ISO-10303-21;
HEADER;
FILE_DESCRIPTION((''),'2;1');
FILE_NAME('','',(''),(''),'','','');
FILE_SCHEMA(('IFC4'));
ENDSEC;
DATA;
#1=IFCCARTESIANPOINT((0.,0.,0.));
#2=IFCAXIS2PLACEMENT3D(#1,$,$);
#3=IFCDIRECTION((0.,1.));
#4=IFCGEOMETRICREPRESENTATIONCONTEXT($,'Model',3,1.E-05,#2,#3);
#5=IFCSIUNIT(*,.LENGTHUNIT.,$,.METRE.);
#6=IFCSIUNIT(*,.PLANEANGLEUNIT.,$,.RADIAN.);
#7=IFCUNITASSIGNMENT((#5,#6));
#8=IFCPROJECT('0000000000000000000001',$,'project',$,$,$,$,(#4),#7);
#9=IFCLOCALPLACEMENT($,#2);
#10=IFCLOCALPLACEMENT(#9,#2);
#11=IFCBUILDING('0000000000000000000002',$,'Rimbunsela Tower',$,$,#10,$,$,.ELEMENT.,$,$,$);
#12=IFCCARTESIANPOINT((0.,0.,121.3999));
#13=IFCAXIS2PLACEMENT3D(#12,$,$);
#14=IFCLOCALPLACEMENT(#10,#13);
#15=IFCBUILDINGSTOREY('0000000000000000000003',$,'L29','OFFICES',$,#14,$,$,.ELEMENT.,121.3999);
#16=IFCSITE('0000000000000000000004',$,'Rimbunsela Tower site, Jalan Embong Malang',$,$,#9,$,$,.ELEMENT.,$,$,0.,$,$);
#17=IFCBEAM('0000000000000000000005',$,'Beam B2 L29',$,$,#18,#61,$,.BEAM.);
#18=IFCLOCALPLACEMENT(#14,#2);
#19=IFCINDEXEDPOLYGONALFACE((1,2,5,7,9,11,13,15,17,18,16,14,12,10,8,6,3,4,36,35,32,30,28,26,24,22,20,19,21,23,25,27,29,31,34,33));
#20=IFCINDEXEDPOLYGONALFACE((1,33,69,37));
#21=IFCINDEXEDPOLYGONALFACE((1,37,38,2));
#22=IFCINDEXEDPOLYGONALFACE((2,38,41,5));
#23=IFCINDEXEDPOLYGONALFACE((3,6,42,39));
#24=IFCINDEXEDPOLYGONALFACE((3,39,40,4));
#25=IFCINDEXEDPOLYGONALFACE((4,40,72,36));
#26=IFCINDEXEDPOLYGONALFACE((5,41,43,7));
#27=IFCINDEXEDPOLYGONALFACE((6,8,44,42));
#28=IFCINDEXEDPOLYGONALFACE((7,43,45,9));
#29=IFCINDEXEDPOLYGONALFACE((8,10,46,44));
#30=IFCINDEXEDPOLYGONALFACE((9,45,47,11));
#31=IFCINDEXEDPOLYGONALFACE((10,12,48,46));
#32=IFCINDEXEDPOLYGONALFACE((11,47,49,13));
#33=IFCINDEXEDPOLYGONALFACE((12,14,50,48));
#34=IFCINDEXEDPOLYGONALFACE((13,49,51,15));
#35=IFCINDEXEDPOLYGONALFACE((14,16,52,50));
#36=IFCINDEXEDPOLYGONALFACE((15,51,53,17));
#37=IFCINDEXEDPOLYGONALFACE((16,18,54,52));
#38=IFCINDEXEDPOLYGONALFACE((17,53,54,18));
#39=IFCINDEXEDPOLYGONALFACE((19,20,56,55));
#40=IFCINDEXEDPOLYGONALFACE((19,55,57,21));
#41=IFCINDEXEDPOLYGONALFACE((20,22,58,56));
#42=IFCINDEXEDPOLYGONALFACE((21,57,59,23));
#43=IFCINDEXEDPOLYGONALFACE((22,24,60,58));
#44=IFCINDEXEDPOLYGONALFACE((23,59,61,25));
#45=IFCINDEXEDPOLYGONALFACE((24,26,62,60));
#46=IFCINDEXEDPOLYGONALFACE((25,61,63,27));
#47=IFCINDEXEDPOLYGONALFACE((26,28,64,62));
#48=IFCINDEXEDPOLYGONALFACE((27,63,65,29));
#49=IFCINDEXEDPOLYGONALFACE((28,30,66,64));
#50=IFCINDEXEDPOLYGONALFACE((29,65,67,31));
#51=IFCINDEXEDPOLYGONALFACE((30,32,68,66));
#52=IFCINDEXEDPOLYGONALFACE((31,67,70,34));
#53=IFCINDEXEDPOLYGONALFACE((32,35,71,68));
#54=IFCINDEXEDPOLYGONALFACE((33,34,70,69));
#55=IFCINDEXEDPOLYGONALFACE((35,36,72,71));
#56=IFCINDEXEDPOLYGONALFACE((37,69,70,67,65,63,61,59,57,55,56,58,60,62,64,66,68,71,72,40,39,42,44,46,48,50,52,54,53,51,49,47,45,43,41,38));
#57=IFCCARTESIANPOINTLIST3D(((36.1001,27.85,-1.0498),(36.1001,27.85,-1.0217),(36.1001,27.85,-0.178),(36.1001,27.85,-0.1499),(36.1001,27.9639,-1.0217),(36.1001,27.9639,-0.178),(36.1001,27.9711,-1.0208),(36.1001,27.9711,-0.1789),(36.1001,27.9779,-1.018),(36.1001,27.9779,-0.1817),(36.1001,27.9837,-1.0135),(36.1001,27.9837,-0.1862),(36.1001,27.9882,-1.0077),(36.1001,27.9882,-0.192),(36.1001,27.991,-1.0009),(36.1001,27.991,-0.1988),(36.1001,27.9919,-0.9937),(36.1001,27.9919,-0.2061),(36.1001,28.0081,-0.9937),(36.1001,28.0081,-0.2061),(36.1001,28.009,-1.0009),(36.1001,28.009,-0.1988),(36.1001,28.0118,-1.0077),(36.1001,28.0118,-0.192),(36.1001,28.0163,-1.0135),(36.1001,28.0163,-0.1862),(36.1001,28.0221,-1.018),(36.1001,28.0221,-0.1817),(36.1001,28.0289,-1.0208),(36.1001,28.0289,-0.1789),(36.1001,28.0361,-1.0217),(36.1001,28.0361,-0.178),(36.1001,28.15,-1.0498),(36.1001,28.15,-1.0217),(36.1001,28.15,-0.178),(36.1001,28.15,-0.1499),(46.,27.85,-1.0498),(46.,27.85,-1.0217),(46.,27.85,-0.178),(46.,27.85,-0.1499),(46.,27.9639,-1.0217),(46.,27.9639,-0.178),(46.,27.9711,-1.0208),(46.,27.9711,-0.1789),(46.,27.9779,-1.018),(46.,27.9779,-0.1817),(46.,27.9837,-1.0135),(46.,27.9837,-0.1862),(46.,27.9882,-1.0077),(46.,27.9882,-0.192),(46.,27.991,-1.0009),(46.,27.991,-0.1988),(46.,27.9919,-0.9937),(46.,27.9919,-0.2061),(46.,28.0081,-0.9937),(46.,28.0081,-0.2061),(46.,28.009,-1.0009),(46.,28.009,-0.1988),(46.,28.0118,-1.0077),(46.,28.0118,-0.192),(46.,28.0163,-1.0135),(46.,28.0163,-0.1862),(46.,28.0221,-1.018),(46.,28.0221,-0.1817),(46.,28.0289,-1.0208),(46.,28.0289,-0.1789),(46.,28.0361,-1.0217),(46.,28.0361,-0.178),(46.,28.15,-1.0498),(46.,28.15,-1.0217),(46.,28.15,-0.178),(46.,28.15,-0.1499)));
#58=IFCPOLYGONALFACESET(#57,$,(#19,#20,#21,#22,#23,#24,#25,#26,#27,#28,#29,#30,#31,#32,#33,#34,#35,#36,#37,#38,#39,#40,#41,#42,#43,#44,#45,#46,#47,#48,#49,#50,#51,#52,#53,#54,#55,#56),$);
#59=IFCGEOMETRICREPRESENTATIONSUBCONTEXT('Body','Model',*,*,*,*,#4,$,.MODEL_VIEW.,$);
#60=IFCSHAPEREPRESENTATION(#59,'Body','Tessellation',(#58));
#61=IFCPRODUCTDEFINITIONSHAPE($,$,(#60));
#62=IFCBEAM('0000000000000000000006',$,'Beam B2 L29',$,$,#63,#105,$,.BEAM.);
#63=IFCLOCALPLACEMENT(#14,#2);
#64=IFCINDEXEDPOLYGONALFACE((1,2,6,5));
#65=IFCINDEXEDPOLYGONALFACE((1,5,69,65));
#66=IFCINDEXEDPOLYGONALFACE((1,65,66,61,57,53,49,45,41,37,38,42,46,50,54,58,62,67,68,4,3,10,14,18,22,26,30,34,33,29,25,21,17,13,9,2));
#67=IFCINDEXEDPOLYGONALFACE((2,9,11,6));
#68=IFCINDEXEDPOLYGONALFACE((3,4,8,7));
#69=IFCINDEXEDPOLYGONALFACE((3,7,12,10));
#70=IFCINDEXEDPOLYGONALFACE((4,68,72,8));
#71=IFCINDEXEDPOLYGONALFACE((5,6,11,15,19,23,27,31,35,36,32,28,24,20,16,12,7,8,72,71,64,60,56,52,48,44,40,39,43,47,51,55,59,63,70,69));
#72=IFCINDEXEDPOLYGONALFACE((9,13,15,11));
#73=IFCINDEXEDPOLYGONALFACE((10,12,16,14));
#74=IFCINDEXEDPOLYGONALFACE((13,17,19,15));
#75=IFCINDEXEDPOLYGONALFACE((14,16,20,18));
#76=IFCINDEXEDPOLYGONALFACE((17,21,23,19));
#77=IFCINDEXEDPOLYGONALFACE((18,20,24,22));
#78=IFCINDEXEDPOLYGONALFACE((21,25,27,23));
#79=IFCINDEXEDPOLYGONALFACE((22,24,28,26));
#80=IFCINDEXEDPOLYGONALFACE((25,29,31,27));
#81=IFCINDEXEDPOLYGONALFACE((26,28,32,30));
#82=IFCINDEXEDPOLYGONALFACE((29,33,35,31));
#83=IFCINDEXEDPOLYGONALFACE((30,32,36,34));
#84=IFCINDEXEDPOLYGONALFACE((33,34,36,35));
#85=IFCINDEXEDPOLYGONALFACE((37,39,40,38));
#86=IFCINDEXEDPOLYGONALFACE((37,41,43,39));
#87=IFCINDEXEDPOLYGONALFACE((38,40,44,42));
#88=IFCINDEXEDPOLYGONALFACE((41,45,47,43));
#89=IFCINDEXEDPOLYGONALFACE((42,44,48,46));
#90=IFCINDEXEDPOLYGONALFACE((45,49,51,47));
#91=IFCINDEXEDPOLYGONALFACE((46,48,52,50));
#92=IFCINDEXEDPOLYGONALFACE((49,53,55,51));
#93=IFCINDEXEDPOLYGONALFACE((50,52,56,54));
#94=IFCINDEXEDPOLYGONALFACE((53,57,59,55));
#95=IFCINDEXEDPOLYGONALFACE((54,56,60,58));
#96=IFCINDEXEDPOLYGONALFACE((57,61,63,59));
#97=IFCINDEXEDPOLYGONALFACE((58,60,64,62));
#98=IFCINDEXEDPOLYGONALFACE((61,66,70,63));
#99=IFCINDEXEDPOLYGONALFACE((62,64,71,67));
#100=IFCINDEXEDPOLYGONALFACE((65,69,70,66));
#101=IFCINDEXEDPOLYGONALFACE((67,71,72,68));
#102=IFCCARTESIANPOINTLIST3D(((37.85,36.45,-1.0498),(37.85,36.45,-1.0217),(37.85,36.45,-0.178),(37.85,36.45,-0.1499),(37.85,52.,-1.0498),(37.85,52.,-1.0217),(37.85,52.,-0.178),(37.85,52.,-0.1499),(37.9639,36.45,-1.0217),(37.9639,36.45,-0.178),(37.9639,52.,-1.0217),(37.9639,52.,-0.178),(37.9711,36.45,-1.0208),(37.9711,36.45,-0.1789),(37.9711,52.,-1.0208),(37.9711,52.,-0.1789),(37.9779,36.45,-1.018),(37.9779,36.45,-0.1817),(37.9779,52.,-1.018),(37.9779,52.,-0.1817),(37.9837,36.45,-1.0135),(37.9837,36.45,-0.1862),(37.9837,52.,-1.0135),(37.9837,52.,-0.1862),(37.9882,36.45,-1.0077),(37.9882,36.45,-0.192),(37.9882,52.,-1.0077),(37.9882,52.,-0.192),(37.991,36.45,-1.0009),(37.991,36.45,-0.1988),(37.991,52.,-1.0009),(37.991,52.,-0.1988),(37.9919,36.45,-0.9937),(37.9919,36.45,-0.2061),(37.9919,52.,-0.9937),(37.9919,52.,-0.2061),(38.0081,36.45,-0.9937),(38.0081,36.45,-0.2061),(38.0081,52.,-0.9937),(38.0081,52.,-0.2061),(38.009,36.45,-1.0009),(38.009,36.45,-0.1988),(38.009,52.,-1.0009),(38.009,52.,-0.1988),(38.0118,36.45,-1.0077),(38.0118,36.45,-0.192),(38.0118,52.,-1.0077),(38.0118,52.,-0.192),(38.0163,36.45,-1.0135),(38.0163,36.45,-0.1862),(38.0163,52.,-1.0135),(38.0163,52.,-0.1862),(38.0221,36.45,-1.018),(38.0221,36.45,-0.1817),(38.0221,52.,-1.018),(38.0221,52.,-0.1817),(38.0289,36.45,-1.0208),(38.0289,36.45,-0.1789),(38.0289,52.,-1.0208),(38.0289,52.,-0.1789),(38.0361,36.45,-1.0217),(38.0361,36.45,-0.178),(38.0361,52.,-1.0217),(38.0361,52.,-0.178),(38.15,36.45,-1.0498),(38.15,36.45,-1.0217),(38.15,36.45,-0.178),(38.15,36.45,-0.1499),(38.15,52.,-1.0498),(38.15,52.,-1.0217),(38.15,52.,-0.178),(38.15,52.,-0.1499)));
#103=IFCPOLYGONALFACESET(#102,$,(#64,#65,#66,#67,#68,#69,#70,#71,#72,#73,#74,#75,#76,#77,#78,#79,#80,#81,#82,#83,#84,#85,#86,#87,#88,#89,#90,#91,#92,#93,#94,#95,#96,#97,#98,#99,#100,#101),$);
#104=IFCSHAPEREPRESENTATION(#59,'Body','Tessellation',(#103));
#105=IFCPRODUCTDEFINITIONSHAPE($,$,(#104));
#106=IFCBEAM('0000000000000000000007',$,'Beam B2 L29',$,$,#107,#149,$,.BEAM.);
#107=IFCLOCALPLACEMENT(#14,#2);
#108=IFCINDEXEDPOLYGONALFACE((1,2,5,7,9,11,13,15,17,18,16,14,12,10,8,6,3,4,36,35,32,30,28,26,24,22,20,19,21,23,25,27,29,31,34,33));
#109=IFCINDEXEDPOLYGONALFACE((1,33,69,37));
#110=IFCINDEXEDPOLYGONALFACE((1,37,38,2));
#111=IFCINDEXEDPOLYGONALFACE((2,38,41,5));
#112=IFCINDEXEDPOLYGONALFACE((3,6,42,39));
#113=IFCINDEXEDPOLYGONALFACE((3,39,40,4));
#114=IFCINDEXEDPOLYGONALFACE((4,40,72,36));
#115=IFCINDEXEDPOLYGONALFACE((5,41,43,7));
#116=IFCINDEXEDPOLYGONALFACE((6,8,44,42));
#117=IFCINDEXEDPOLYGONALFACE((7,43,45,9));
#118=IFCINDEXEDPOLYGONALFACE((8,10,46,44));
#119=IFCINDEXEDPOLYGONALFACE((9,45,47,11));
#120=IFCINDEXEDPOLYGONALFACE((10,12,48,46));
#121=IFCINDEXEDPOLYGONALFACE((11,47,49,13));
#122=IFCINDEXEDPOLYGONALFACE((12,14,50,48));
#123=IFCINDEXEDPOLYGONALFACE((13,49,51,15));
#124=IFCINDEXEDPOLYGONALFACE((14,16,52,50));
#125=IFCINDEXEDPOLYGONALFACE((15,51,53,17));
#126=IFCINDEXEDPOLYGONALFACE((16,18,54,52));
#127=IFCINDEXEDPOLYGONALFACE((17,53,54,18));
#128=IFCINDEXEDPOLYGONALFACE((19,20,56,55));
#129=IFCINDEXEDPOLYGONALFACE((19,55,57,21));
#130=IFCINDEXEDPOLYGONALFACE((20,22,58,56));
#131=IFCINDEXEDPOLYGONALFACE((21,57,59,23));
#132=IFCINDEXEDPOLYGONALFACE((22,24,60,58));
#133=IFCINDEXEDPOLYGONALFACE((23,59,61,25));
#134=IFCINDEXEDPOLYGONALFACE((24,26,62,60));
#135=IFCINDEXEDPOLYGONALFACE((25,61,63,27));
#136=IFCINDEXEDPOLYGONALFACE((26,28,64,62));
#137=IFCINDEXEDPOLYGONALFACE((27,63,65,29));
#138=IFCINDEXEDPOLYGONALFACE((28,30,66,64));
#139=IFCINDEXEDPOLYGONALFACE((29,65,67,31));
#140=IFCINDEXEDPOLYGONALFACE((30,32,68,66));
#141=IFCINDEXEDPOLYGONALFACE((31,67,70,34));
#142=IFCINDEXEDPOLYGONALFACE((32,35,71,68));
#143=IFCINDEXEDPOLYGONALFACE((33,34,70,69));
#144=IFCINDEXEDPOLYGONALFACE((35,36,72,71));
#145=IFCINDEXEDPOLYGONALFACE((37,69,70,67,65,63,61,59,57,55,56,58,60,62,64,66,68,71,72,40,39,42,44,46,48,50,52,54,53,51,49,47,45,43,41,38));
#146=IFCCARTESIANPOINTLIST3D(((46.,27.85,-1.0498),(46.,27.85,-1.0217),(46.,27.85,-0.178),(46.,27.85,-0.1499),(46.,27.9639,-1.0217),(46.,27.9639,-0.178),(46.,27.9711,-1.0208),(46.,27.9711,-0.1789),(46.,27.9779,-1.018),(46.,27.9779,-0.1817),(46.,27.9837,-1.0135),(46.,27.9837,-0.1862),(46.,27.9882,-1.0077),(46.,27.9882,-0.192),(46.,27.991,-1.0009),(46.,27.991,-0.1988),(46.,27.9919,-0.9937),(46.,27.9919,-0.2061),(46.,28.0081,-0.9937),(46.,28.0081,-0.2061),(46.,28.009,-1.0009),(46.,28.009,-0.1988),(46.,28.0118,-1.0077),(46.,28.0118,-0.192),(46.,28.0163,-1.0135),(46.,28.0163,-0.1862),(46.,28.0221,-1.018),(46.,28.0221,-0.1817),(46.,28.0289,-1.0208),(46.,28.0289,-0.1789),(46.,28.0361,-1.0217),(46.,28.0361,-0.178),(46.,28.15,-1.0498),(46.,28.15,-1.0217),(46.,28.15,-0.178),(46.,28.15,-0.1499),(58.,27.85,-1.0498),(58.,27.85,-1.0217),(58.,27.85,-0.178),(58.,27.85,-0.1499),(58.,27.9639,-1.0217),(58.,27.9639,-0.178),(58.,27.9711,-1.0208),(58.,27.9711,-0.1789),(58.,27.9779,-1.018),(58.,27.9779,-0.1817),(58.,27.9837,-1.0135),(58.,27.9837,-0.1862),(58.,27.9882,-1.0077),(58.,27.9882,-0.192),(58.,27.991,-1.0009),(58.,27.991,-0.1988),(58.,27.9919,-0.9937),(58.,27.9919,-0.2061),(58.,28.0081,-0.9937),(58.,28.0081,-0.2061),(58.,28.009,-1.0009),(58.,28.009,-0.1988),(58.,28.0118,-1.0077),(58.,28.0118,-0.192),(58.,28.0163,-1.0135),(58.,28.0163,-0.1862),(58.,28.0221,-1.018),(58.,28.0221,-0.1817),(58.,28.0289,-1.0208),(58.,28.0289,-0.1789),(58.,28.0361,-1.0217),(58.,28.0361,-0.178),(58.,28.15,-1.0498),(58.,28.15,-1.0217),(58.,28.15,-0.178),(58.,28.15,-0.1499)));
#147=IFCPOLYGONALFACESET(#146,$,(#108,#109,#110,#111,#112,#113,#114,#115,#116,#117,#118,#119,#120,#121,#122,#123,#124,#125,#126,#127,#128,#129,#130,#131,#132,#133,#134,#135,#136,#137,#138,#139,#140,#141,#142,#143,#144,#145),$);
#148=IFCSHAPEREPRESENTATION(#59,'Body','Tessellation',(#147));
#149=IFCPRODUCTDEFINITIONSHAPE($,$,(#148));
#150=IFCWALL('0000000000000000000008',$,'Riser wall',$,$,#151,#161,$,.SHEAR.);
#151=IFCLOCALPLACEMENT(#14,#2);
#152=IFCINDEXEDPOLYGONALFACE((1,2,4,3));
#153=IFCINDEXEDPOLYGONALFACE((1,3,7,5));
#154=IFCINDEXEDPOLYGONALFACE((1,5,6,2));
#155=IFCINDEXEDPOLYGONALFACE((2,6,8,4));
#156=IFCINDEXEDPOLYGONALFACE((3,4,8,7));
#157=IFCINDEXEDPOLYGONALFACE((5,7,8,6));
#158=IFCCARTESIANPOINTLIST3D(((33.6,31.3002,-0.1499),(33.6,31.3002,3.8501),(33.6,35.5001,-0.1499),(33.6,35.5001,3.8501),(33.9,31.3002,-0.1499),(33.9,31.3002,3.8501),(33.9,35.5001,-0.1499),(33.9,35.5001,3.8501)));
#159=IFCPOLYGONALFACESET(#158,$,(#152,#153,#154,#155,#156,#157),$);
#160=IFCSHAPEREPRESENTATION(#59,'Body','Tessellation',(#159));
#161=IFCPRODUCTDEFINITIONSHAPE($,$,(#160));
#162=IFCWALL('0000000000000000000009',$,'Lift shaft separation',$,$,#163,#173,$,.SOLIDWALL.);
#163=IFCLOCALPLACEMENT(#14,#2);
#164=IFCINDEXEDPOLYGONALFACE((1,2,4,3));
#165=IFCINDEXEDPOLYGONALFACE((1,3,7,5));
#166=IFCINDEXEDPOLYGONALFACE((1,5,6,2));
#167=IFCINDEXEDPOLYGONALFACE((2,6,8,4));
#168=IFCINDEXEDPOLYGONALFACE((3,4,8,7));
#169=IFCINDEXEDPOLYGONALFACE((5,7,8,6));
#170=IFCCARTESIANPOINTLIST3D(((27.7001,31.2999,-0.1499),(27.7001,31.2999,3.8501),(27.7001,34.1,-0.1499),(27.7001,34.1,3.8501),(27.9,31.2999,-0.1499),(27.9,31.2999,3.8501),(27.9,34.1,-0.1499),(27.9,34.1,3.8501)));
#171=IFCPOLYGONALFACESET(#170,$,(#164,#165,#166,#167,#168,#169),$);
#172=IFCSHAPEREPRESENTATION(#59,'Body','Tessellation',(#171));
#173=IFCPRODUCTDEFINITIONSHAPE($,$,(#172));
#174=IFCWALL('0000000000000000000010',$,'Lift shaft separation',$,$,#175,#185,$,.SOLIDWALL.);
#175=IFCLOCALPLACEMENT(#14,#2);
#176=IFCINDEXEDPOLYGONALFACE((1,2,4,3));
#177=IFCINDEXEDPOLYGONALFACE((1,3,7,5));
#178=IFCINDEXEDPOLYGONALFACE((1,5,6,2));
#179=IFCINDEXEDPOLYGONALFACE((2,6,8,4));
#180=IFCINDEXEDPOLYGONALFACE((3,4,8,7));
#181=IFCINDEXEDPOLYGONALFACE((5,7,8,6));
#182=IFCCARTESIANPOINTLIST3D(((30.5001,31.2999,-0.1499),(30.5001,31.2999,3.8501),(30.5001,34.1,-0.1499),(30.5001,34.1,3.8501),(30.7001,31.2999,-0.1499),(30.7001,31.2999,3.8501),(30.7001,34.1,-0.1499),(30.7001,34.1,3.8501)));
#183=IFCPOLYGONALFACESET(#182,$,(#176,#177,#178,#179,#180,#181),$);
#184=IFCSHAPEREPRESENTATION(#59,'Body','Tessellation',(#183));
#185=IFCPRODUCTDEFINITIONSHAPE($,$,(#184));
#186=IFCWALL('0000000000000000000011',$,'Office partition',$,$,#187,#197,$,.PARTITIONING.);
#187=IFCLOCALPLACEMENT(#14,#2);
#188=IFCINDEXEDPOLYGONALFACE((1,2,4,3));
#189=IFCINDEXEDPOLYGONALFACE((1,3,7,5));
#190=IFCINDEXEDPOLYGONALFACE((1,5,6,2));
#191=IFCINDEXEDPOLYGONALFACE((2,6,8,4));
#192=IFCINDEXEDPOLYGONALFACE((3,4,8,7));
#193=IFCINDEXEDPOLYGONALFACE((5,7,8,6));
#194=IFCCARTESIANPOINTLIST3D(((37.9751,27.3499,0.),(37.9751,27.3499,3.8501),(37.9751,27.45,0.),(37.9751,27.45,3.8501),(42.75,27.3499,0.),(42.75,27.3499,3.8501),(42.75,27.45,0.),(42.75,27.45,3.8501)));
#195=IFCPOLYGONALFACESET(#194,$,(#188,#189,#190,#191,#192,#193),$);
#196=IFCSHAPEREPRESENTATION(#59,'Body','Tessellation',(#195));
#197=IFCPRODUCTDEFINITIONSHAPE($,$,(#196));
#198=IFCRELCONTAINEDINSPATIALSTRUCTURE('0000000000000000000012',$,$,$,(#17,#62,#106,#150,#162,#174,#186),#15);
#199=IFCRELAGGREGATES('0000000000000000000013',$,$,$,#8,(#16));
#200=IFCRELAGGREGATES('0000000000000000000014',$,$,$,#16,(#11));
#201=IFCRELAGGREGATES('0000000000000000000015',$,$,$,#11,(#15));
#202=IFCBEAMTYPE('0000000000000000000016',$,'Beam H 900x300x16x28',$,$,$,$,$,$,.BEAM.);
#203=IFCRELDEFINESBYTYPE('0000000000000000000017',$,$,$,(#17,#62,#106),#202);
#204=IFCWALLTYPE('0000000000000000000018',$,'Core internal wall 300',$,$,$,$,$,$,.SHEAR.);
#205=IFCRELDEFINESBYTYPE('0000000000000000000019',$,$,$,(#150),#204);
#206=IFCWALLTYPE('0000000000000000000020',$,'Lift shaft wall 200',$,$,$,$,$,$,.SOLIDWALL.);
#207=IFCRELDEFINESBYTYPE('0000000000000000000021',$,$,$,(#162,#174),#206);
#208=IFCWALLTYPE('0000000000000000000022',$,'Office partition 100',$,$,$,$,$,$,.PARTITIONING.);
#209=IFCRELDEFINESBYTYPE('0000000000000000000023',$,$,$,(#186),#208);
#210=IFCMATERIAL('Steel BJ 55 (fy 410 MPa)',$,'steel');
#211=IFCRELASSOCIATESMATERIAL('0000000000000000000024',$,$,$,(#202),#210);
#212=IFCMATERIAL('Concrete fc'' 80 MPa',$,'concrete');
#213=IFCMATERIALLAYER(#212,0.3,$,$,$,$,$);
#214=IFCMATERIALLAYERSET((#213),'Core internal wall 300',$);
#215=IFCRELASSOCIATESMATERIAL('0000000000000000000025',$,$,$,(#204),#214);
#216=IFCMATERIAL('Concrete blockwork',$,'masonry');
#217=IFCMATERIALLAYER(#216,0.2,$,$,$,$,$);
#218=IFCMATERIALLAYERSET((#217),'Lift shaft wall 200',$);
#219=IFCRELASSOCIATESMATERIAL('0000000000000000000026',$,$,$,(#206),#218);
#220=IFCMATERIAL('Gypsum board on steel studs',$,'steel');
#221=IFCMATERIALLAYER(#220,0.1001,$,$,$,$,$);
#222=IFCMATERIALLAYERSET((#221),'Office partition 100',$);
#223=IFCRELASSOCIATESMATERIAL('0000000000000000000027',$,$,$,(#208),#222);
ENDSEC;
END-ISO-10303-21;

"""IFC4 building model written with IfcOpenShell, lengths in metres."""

from ifc_helpers import new_model, si_unit, direction, frame, frame_2d, origin, origin_2d, place, context, subcontext, project, spatial, rectangle, i_section, extrude, material, layer, layer_set, material_profile, profile_set, type_object, element, save


model = new_model("IFC4")

# Units and contexts
model_context = context("Model", 3, precision=1e-05, world=origin(), true_north=direction((0.0, 1.0)))
body_context = subcontext(model_context, "Body", "Model", "MODEL_VIEW")
ifc_project = project(units=[si_unit("LENGTHUNIT", "METRE"), si_unit("PLANEANGLEUNIT", "RADIAN")], contexts=[model_context])

# Site, building, storey
site_placement = place(None, origin())
site = spatial("IfcSite", under=ifc_project, at=site_placement, Name="Rimbunsela Tower site, Jalan Embong Malang", CompositionType="ELEMENT", RefElevation=0.0)
building_placement = place(site_placement, origin())
building = spatial("IfcBuilding", under=site, at=building_placement, Name="Rimbunsela Tower", CompositionType="ELEMENT")
storey_placement = place(building_placement, frame((0.0, 0.0, 121.3999)))
storey = spatial("IfcBuildingStorey", under=building, at=storey_placement, Name="L29", Description="OFFICES", CompositionType="ELEMENT", Elevation=121.3999)

# Beams
ifc_material_1 = material(Name="Steel BJ 55 (fy 410 MPa)", Category="steel")
ifc_material_profile_1 = material_profile(ifc_material_1, i_section(OverallWidth=0.3, OverallDepth=0.8999, WebThickness=0.0161, FlangeThickness=0.0281, FilletRadius=0.0281, at=origin_2d()), Name="H 900x300x16x28")
ifc_profile_set_1 = profile_set([ifc_material_profile_1], Name="Steel BJ 55 (fy 410 MPa)")
beam_type_1 = type_object("IfcBeamType", Name="Beam H 900x300x16x28", PredefinedType="BEAM", material=ifc_profile_set_1)
beam_1_placement = place(storey_placement, frame((36.1001, 28.0, -0.5999), z_axis=(1.0, 0.0, 0.0), x_axis=(0.0, 1.0, 0.0)))
element("IfcBeam", 1, at=beam_1_placement, inside=storey, type_object=beam_type_1, Name="Beam B2 L29", PredefinedType="BEAM", context=body_context, shape_type="SweptSolid", body=[
    extrude(i_section(OverallWidth=0.3, OverallDepth=0.8999, WebThickness=0.0161, FlangeThickness=0.0281, FilletRadius=0.0281, at=origin_2d()), origin(), (0.0, 0.0, 1.0), 9.8999),
])
beam_2_placement = place(storey_placement, frame((38.0, 36.45, -0.5999), z_axis=(0.0, 1.0, 0.0), x_axis=(-1.0, 0.0, 0.0)))
element("IfcBeam", 2, at=beam_2_placement, inside=storey, type_object=beam_type_1, Name="Beam B2 L29", PredefinedType="BEAM", context=body_context, shape_type="SweptSolid", body=[
    extrude(i_section(OverallWidth=0.3, OverallDepth=0.8999, WebThickness=0.0161, FlangeThickness=0.0281, FilletRadius=0.0281, at=origin_2d()), origin(), (0.0, 0.0, 1.0), 15.55),
])
beam_3_placement = place(storey_placement, frame((46.0, 28.0, -0.5999), z_axis=(1.0, 0.0, 0.0), x_axis=(0.0, 1.0, 0.0)))
element("IfcBeam", 3, at=beam_3_placement, inside=storey, type_object=beam_type_1, Name="Beam B2 L29", PredefinedType="BEAM", context=body_context, shape_type="SweptSolid", body=[
    extrude(i_section(OverallWidth=0.3, OverallDepth=0.8999, WebThickness=0.0161, FlangeThickness=0.0281, FilletRadius=0.0281, at=origin_2d()), origin(), (0.0, 0.0, 1.0), 12.0),
])

# Walls
ifc_material_2 = material(Name="Concrete fc' 80 MPa", Category="concrete")
ifc_layer_1 = layer(ifc_material_2, 0.3)
ifc_layer_set_1 = layer_set([ifc_layer_1], Name="Core internal wall 300")
wall_type_1 = type_object("IfcWallType", Name="Core internal wall 300", PredefinedType="SHEAR", material=ifc_layer_set_1)
wall_1_placement = place(storey_placement, frame((33.75, 31.3, -0.1499), z_axis=(0.0, 0.0, 1.0), x_axis=(0.0, 1.0, 0.0)))
element("IfcWall", 4, at=wall_1_placement, inside=storey, type_object=wall_type_1, Name="Riser wall", PredefinedType="SHEAR", context=body_context, shape_type="SweptSolid", body=[
    extrude(rectangle(XDim=4.2, YDim=0.3, at=frame_2d((2.1001, 0.0))), origin(), (0.0, 0.0, 1.0), 4.0),
])
ifc_material_3 = material(Name="Concrete blockwork", Category="masonry")
ifc_layer_2 = layer(ifc_material_3, 0.2)
ifc_layer_set_2 = layer_set([ifc_layer_2], Name="Lift shaft wall 200")
wall_type_2 = type_object("IfcWallType", Name="Lift shaft wall 200", PredefinedType="SOLIDWALL", material=ifc_layer_set_2)
for number, where, z_axis, x_axis, name in (
    (5, (27.8, 31.3, -0.1499), (0.0, 0.0, 1.0), (0.0, 1.0, 0.0), "Lift shaft separation"),
    (6, (30.6001, 31.3, -0.1499), (0.0, 0.0, 1.0), (0.0, 1.0, 0.0), "Lift shaft separation"),
):
    element("IfcWall", number, at=place(storey_placement, frame(where, z_axis=z_axis, x_axis=x_axis)), inside=storey, type_object=wall_type_2, Name=name, PredefinedType="SOLIDWALL", context=body_context, shape_type="SweptSolid", body=[
        extrude(rectangle(XDim=2.8, YDim=0.2, at=frame_2d((1.3999, 0.0))), origin(), (0.0, 0.0, 1.0), 4.0),
    ])
ifc_material_4 = material(Name="Gypsum board on steel studs", Category="steel")
ifc_layer_3 = layer(ifc_material_4, 0.1001)
ifc_layer_set_3 = layer_set([ifc_layer_3], Name="Office partition 100")
wall_type_3 = type_object("IfcWallType", Name="Office partition 100", PredefinedType="PARTITIONING", material=ifc_layer_set_3)
for number, where, z_axis, x_axis, name in (
    (7, (37.9751, 27.3999, 0.0), (0.0, 0.0, 1.0), (1.0, 0.0, 0.0), "Office partition"),
):
    element("IfcWall", number, at=place(storey_placement, frame(where, z_axis=z_axis, x_axis=x_axis)), inside=storey, type_object=wall_type_3, Name=name, PredefinedType="PARTITIONING", context=body_context, shape_type="SweptSolid", body=[
        extrude(rectangle(XDim=4.7749, YDim=0.1001, at=frame_2d((2.3875, 0.0))), origin(), (0.0, 0.0, 1.0), 3.8501),
    ])

save(model, "model.ifc")
